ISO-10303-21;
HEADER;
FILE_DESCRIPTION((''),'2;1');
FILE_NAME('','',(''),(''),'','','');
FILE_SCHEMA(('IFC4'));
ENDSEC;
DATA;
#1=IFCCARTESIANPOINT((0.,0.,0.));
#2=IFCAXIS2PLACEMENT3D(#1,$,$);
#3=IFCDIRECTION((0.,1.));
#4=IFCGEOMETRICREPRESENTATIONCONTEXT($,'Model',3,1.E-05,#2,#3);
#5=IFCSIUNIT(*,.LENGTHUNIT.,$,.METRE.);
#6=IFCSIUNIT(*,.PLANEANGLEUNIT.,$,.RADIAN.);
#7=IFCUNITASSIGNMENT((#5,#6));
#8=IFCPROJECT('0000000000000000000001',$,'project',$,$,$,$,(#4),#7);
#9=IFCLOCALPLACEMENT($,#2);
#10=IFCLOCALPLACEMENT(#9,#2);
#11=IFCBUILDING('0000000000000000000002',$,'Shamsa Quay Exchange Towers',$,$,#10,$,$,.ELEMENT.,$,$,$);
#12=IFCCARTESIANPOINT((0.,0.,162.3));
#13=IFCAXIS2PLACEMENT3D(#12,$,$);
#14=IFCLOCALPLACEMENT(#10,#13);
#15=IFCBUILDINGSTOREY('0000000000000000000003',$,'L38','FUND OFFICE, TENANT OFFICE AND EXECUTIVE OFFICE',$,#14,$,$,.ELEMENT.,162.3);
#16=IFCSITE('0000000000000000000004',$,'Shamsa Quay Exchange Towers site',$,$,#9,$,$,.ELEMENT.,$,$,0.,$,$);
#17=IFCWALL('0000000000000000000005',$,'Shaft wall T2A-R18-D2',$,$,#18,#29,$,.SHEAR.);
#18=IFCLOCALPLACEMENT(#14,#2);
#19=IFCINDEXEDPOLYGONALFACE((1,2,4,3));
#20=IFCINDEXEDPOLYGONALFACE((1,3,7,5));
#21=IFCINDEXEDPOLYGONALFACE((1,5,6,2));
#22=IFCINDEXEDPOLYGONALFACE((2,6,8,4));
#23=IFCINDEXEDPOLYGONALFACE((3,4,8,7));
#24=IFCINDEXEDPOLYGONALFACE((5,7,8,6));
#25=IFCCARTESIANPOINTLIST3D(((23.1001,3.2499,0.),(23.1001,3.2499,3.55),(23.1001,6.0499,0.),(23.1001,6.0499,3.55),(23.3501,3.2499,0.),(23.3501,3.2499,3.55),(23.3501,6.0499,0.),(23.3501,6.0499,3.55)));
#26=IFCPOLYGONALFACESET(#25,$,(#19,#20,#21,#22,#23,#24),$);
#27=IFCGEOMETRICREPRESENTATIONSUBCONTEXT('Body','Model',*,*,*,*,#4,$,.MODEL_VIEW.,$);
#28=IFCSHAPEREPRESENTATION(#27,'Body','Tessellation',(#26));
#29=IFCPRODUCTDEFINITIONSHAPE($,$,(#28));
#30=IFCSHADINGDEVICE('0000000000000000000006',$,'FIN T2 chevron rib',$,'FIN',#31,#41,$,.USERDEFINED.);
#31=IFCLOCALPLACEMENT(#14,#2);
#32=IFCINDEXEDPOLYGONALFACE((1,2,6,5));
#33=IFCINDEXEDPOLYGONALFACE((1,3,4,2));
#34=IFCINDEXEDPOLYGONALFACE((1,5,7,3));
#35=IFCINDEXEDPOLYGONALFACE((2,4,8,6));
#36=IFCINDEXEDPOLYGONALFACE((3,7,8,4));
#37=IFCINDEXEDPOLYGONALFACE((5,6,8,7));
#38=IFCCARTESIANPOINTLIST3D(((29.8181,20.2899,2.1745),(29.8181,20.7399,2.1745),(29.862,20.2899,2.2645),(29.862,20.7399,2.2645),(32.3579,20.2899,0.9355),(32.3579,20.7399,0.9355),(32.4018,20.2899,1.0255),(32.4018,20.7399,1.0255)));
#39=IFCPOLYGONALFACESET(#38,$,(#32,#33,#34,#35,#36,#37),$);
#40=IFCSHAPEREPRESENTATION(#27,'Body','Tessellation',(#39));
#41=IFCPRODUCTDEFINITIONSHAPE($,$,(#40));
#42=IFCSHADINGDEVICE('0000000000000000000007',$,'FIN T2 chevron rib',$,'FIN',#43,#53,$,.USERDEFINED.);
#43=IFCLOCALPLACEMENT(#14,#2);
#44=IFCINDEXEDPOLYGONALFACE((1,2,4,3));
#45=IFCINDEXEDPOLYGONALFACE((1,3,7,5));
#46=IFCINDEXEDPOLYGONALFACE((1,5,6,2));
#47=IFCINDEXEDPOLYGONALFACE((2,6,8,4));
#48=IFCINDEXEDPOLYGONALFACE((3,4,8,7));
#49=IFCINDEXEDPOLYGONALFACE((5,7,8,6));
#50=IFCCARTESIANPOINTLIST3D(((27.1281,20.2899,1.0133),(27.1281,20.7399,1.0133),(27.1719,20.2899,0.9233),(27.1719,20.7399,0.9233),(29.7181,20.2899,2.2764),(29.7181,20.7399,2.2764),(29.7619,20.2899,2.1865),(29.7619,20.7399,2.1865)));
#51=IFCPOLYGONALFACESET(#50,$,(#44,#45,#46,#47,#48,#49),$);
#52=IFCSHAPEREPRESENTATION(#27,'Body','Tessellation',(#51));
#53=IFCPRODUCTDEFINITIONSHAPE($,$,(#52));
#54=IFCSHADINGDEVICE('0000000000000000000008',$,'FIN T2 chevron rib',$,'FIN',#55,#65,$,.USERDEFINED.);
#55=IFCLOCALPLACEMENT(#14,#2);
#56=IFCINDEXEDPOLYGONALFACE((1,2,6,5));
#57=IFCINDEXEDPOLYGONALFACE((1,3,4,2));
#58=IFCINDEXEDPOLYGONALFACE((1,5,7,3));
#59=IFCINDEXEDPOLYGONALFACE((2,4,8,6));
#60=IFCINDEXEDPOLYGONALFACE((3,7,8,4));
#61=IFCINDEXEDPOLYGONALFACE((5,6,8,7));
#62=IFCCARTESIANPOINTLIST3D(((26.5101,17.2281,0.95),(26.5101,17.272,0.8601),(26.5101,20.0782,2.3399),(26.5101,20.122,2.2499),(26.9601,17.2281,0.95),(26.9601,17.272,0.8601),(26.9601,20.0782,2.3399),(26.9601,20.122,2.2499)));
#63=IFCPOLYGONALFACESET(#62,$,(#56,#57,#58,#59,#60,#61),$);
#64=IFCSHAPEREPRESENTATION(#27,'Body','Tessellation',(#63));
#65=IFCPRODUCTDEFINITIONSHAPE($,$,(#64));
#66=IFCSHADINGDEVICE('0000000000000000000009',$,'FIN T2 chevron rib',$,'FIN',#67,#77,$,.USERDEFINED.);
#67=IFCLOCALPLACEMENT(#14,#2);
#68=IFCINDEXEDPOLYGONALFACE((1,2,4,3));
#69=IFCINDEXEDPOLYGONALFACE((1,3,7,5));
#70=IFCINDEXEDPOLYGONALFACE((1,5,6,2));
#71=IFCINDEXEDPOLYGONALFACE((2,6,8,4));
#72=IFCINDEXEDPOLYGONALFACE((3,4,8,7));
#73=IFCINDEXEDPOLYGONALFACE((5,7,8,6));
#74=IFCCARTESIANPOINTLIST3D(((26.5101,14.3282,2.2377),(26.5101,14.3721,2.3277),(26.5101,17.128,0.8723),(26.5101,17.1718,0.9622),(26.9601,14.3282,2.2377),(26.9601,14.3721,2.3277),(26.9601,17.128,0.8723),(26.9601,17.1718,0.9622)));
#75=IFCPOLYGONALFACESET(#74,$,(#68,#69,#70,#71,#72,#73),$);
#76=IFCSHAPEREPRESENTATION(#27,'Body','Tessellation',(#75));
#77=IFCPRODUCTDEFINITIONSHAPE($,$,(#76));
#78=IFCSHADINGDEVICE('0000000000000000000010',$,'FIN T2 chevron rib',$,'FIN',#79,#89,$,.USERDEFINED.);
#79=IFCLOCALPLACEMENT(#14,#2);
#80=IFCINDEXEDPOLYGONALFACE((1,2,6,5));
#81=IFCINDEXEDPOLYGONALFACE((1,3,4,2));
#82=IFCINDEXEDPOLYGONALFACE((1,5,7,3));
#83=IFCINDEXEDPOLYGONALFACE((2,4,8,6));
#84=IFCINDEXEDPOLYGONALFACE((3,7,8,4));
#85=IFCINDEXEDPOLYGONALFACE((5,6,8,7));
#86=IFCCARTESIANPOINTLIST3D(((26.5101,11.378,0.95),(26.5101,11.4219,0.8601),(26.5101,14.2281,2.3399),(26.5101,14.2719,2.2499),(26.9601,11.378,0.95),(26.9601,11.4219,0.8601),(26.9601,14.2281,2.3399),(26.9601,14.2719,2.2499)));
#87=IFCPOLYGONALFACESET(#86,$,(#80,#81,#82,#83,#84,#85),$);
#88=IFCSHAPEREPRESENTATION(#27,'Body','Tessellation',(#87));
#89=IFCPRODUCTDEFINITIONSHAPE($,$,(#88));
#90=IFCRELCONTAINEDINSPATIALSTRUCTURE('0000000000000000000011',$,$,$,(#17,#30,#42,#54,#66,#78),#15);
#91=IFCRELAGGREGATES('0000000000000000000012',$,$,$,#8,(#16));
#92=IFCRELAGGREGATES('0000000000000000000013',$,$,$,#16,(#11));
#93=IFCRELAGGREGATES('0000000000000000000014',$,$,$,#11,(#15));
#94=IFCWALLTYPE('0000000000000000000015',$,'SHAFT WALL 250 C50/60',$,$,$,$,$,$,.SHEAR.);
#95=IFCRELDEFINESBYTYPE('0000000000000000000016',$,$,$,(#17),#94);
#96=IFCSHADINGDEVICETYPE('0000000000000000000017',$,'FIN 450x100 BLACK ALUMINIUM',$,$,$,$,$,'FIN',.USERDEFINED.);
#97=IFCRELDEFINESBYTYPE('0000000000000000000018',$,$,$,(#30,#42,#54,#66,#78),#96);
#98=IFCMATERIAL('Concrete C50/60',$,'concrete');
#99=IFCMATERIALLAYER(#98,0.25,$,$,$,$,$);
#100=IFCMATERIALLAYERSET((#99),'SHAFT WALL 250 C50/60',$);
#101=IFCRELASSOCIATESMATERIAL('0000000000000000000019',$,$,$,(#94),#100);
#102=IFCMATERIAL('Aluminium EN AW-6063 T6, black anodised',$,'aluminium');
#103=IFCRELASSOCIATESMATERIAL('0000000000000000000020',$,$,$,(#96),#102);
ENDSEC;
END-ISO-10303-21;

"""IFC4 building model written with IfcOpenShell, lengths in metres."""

from ifc_helpers import new_model, si_unit, direction, frame, frame_2d, origin, origin_2d, place, context, subcontext, project, spatial, rectangle, extrude, material, layer, layer_set, material_profile, profile_set, type_object, element, save


model = new_model("IFC4")

# Units and contexts
model_context = context("Model", 3, precision=1e-05, world=origin(), true_north=direction((0.0, 1.0)))
body_context = subcontext(model_context, "Body", "Model", "MODEL_VIEW")
ifc_project = project(units=[si_unit("LENGTHUNIT", "METRE"), si_unit("PLANEANGLEUNIT", "RADIAN")], contexts=[model_context])

# Site, building, storey
site_placement = place(None, origin())
site = spatial("IfcSite", under=ifc_project, at=site_placement, Name="Shamsa Quay Exchange Towers site", CompositionType="ELEMENT", RefElevation=0.0)
building_placement = place(site_placement, origin())
building = spatial("IfcBuilding", under=site, at=building_placement, Name="Shamsa Quay Exchange Towers", CompositionType="ELEMENT")
storey_placement = place(building_placement, frame((0.0, 0.0, 162.3)))
storey = spatial("IfcBuildingStorey", under=building, at=storey_placement, Name="L38", Description="FUND OFFICE, TENANT OFFICE AND EXECUTIVE OFFICE", CompositionType="ELEMENT", Elevation=162.3)

# Shared definitions
ifc_material_1 = material(Name="Aluminium EN AW-6063 T6, black anodised", Category="aluminium")

# Wall
ifc_material_2 = material(Name="Concrete C50/60", Category="concrete")
ifc_layer_1 = layer(ifc_material_2, 0.25)
ifc_layer_set_1 = layer_set([ifc_layer_1], Name="SHAFT WALL 250 C50/60")
wall_type_1 = type_object("IfcWallType", Name="SHAFT WALL 250 C50/60", PredefinedType="SHEAR", material=ifc_layer_set_1)
wall_1_placement = place(storey_placement, frame((23.2251, 3.25, 0.0), z_axis=(0.0, 0.0, 1.0), x_axis=(0.0, 1.0, 0.0)))
element("IfcWall", 1, at=wall_1_placement, inside=storey, type_object=wall_type_1, Name="Shaft wall T2A-R18-D2", PredefinedType="SHEAR", context=body_context, shape_type="SweptSolid", body=[
    extrude(rectangle(XDim=2.8, YDim=0.25, at=frame_2d((1.3999, 0.0))), origin(), (0.0, 0.0, 1.0), 3.55),
])

# Shading devices
ifc_material_profile_1 = material_profile(ifc_material_1, rectangle(XDim=0.45, YDim=0.1001, at=origin_2d()), Name="FIN450x100")
ifc_profile_set_1 = profile_set([ifc_material_profile_1], Name="Aluminium EN AW-6063 T6, black anodised")
shading_device_type = type_object("IfcShadingDeviceType", Name="FIN 450x100 BLACK ALUMINIUM", ElementType="FIN", PredefinedType="USERDEFINED", material=ifc_profile_set_1)
shading_device_1_placement = place(storey_placement, frame((32.3799, 20.5149, 0.9805), z_axis=(-0.898756, 0.0, 0.438449), x_axis=(0.0, -1.0, 0.0)))
element("IfcShadingDevice", 2, at=shading_device_1_placement, inside=storey, type_object=shading_device_type, Name="FIN T2 chevron rib", ObjectType="FIN", PredefinedType="USERDEFINED", context=body_context, shape_type="SweptSolid", body=[
    extrude(rectangle(XDim=0.45, YDim=0.1001, at=origin_2d()), origin(), (0.0, 0.0, 1.0), 2.8259),
])
shading_device_2_placement = place(storey_placement, frame((29.74, 20.5149, 2.2314), z_axis=(-0.898806, 0.0, -0.438347), x_axis=(0.0, -1.0, 0.0)))
element("IfcShadingDevice", 3, at=shading_device_2_placement, inside=storey, type_object=shading_device_type, Name="FIN T2 chevron rib", ObjectType="FIN", PredefinedType="USERDEFINED", context=body_context, shape_type="SweptSolid", body=[
    extrude(rectangle(XDim=0.45, YDim=0.1001, at=origin_2d()), origin(), (0.0, 0.0, 1.0), 2.8816),
])
shading_device_3_placement = place(storey_placement, frame((26.7351, 20.1001, 2.2949), z_axis=(0.0, -0.898818, -0.438322), x_axis=(1.0, 0.0, 0.0)))
element("IfcShadingDevice", 4, at=shading_device_3_placement, inside=storey, type_object=shading_device_type, Name="FIN T2 chevron rib", ObjectType="FIN", PredefinedType="USERDEFINED", context=body_context, shape_type="SweptSolid", body=[
    extrude(rectangle(XDim=0.45, YDim=0.1001, at=origin_2d()), origin(), (0.0, 0.0, 1.0), 3.1709),
])
shading_device_4_placement = place(storey_placement, frame((26.7351, 17.1499, 0.9172), z_axis=(0.0, -0.898804, 0.438351), x_axis=(1.0, 0.0, 0.0)))
element("IfcShadingDevice", 5, at=shading_device_4_placement, inside=storey, type_object=shading_device_type, Name="FIN T2 chevron rib", ObjectType="FIN", PredefinedType="USERDEFINED", context=body_context, shape_type="SweptSolid", body=[
    extrude(rectangle(XDim=0.45, YDim=0.1001, at=origin_2d()), origin(), (0.0, 0.0, 1.0), 3.115),
])
shading_device_5_placement = place(storey_placement, frame((26.7351, 14.25, 2.2949), z_axis=(0.0, -0.898818, -0.438322), x_axis=(1.0, 0.0, 0.0)))
element("IfcShadingDevice", 6, at=shading_device_5_placement, inside=storey, type_object=shading_device_type, Name="FIN T2 chevron rib", ObjectType="FIN", PredefinedType="USERDEFINED", context=body_context, shape_type="SweptSolid", body=[
    extrude(rectangle(XDim=0.45, YDim=0.1001, at=origin_2d()), origin(), (0.0, 0.0, 1.0), 3.1709),
])

save(model, "model.ifc")
